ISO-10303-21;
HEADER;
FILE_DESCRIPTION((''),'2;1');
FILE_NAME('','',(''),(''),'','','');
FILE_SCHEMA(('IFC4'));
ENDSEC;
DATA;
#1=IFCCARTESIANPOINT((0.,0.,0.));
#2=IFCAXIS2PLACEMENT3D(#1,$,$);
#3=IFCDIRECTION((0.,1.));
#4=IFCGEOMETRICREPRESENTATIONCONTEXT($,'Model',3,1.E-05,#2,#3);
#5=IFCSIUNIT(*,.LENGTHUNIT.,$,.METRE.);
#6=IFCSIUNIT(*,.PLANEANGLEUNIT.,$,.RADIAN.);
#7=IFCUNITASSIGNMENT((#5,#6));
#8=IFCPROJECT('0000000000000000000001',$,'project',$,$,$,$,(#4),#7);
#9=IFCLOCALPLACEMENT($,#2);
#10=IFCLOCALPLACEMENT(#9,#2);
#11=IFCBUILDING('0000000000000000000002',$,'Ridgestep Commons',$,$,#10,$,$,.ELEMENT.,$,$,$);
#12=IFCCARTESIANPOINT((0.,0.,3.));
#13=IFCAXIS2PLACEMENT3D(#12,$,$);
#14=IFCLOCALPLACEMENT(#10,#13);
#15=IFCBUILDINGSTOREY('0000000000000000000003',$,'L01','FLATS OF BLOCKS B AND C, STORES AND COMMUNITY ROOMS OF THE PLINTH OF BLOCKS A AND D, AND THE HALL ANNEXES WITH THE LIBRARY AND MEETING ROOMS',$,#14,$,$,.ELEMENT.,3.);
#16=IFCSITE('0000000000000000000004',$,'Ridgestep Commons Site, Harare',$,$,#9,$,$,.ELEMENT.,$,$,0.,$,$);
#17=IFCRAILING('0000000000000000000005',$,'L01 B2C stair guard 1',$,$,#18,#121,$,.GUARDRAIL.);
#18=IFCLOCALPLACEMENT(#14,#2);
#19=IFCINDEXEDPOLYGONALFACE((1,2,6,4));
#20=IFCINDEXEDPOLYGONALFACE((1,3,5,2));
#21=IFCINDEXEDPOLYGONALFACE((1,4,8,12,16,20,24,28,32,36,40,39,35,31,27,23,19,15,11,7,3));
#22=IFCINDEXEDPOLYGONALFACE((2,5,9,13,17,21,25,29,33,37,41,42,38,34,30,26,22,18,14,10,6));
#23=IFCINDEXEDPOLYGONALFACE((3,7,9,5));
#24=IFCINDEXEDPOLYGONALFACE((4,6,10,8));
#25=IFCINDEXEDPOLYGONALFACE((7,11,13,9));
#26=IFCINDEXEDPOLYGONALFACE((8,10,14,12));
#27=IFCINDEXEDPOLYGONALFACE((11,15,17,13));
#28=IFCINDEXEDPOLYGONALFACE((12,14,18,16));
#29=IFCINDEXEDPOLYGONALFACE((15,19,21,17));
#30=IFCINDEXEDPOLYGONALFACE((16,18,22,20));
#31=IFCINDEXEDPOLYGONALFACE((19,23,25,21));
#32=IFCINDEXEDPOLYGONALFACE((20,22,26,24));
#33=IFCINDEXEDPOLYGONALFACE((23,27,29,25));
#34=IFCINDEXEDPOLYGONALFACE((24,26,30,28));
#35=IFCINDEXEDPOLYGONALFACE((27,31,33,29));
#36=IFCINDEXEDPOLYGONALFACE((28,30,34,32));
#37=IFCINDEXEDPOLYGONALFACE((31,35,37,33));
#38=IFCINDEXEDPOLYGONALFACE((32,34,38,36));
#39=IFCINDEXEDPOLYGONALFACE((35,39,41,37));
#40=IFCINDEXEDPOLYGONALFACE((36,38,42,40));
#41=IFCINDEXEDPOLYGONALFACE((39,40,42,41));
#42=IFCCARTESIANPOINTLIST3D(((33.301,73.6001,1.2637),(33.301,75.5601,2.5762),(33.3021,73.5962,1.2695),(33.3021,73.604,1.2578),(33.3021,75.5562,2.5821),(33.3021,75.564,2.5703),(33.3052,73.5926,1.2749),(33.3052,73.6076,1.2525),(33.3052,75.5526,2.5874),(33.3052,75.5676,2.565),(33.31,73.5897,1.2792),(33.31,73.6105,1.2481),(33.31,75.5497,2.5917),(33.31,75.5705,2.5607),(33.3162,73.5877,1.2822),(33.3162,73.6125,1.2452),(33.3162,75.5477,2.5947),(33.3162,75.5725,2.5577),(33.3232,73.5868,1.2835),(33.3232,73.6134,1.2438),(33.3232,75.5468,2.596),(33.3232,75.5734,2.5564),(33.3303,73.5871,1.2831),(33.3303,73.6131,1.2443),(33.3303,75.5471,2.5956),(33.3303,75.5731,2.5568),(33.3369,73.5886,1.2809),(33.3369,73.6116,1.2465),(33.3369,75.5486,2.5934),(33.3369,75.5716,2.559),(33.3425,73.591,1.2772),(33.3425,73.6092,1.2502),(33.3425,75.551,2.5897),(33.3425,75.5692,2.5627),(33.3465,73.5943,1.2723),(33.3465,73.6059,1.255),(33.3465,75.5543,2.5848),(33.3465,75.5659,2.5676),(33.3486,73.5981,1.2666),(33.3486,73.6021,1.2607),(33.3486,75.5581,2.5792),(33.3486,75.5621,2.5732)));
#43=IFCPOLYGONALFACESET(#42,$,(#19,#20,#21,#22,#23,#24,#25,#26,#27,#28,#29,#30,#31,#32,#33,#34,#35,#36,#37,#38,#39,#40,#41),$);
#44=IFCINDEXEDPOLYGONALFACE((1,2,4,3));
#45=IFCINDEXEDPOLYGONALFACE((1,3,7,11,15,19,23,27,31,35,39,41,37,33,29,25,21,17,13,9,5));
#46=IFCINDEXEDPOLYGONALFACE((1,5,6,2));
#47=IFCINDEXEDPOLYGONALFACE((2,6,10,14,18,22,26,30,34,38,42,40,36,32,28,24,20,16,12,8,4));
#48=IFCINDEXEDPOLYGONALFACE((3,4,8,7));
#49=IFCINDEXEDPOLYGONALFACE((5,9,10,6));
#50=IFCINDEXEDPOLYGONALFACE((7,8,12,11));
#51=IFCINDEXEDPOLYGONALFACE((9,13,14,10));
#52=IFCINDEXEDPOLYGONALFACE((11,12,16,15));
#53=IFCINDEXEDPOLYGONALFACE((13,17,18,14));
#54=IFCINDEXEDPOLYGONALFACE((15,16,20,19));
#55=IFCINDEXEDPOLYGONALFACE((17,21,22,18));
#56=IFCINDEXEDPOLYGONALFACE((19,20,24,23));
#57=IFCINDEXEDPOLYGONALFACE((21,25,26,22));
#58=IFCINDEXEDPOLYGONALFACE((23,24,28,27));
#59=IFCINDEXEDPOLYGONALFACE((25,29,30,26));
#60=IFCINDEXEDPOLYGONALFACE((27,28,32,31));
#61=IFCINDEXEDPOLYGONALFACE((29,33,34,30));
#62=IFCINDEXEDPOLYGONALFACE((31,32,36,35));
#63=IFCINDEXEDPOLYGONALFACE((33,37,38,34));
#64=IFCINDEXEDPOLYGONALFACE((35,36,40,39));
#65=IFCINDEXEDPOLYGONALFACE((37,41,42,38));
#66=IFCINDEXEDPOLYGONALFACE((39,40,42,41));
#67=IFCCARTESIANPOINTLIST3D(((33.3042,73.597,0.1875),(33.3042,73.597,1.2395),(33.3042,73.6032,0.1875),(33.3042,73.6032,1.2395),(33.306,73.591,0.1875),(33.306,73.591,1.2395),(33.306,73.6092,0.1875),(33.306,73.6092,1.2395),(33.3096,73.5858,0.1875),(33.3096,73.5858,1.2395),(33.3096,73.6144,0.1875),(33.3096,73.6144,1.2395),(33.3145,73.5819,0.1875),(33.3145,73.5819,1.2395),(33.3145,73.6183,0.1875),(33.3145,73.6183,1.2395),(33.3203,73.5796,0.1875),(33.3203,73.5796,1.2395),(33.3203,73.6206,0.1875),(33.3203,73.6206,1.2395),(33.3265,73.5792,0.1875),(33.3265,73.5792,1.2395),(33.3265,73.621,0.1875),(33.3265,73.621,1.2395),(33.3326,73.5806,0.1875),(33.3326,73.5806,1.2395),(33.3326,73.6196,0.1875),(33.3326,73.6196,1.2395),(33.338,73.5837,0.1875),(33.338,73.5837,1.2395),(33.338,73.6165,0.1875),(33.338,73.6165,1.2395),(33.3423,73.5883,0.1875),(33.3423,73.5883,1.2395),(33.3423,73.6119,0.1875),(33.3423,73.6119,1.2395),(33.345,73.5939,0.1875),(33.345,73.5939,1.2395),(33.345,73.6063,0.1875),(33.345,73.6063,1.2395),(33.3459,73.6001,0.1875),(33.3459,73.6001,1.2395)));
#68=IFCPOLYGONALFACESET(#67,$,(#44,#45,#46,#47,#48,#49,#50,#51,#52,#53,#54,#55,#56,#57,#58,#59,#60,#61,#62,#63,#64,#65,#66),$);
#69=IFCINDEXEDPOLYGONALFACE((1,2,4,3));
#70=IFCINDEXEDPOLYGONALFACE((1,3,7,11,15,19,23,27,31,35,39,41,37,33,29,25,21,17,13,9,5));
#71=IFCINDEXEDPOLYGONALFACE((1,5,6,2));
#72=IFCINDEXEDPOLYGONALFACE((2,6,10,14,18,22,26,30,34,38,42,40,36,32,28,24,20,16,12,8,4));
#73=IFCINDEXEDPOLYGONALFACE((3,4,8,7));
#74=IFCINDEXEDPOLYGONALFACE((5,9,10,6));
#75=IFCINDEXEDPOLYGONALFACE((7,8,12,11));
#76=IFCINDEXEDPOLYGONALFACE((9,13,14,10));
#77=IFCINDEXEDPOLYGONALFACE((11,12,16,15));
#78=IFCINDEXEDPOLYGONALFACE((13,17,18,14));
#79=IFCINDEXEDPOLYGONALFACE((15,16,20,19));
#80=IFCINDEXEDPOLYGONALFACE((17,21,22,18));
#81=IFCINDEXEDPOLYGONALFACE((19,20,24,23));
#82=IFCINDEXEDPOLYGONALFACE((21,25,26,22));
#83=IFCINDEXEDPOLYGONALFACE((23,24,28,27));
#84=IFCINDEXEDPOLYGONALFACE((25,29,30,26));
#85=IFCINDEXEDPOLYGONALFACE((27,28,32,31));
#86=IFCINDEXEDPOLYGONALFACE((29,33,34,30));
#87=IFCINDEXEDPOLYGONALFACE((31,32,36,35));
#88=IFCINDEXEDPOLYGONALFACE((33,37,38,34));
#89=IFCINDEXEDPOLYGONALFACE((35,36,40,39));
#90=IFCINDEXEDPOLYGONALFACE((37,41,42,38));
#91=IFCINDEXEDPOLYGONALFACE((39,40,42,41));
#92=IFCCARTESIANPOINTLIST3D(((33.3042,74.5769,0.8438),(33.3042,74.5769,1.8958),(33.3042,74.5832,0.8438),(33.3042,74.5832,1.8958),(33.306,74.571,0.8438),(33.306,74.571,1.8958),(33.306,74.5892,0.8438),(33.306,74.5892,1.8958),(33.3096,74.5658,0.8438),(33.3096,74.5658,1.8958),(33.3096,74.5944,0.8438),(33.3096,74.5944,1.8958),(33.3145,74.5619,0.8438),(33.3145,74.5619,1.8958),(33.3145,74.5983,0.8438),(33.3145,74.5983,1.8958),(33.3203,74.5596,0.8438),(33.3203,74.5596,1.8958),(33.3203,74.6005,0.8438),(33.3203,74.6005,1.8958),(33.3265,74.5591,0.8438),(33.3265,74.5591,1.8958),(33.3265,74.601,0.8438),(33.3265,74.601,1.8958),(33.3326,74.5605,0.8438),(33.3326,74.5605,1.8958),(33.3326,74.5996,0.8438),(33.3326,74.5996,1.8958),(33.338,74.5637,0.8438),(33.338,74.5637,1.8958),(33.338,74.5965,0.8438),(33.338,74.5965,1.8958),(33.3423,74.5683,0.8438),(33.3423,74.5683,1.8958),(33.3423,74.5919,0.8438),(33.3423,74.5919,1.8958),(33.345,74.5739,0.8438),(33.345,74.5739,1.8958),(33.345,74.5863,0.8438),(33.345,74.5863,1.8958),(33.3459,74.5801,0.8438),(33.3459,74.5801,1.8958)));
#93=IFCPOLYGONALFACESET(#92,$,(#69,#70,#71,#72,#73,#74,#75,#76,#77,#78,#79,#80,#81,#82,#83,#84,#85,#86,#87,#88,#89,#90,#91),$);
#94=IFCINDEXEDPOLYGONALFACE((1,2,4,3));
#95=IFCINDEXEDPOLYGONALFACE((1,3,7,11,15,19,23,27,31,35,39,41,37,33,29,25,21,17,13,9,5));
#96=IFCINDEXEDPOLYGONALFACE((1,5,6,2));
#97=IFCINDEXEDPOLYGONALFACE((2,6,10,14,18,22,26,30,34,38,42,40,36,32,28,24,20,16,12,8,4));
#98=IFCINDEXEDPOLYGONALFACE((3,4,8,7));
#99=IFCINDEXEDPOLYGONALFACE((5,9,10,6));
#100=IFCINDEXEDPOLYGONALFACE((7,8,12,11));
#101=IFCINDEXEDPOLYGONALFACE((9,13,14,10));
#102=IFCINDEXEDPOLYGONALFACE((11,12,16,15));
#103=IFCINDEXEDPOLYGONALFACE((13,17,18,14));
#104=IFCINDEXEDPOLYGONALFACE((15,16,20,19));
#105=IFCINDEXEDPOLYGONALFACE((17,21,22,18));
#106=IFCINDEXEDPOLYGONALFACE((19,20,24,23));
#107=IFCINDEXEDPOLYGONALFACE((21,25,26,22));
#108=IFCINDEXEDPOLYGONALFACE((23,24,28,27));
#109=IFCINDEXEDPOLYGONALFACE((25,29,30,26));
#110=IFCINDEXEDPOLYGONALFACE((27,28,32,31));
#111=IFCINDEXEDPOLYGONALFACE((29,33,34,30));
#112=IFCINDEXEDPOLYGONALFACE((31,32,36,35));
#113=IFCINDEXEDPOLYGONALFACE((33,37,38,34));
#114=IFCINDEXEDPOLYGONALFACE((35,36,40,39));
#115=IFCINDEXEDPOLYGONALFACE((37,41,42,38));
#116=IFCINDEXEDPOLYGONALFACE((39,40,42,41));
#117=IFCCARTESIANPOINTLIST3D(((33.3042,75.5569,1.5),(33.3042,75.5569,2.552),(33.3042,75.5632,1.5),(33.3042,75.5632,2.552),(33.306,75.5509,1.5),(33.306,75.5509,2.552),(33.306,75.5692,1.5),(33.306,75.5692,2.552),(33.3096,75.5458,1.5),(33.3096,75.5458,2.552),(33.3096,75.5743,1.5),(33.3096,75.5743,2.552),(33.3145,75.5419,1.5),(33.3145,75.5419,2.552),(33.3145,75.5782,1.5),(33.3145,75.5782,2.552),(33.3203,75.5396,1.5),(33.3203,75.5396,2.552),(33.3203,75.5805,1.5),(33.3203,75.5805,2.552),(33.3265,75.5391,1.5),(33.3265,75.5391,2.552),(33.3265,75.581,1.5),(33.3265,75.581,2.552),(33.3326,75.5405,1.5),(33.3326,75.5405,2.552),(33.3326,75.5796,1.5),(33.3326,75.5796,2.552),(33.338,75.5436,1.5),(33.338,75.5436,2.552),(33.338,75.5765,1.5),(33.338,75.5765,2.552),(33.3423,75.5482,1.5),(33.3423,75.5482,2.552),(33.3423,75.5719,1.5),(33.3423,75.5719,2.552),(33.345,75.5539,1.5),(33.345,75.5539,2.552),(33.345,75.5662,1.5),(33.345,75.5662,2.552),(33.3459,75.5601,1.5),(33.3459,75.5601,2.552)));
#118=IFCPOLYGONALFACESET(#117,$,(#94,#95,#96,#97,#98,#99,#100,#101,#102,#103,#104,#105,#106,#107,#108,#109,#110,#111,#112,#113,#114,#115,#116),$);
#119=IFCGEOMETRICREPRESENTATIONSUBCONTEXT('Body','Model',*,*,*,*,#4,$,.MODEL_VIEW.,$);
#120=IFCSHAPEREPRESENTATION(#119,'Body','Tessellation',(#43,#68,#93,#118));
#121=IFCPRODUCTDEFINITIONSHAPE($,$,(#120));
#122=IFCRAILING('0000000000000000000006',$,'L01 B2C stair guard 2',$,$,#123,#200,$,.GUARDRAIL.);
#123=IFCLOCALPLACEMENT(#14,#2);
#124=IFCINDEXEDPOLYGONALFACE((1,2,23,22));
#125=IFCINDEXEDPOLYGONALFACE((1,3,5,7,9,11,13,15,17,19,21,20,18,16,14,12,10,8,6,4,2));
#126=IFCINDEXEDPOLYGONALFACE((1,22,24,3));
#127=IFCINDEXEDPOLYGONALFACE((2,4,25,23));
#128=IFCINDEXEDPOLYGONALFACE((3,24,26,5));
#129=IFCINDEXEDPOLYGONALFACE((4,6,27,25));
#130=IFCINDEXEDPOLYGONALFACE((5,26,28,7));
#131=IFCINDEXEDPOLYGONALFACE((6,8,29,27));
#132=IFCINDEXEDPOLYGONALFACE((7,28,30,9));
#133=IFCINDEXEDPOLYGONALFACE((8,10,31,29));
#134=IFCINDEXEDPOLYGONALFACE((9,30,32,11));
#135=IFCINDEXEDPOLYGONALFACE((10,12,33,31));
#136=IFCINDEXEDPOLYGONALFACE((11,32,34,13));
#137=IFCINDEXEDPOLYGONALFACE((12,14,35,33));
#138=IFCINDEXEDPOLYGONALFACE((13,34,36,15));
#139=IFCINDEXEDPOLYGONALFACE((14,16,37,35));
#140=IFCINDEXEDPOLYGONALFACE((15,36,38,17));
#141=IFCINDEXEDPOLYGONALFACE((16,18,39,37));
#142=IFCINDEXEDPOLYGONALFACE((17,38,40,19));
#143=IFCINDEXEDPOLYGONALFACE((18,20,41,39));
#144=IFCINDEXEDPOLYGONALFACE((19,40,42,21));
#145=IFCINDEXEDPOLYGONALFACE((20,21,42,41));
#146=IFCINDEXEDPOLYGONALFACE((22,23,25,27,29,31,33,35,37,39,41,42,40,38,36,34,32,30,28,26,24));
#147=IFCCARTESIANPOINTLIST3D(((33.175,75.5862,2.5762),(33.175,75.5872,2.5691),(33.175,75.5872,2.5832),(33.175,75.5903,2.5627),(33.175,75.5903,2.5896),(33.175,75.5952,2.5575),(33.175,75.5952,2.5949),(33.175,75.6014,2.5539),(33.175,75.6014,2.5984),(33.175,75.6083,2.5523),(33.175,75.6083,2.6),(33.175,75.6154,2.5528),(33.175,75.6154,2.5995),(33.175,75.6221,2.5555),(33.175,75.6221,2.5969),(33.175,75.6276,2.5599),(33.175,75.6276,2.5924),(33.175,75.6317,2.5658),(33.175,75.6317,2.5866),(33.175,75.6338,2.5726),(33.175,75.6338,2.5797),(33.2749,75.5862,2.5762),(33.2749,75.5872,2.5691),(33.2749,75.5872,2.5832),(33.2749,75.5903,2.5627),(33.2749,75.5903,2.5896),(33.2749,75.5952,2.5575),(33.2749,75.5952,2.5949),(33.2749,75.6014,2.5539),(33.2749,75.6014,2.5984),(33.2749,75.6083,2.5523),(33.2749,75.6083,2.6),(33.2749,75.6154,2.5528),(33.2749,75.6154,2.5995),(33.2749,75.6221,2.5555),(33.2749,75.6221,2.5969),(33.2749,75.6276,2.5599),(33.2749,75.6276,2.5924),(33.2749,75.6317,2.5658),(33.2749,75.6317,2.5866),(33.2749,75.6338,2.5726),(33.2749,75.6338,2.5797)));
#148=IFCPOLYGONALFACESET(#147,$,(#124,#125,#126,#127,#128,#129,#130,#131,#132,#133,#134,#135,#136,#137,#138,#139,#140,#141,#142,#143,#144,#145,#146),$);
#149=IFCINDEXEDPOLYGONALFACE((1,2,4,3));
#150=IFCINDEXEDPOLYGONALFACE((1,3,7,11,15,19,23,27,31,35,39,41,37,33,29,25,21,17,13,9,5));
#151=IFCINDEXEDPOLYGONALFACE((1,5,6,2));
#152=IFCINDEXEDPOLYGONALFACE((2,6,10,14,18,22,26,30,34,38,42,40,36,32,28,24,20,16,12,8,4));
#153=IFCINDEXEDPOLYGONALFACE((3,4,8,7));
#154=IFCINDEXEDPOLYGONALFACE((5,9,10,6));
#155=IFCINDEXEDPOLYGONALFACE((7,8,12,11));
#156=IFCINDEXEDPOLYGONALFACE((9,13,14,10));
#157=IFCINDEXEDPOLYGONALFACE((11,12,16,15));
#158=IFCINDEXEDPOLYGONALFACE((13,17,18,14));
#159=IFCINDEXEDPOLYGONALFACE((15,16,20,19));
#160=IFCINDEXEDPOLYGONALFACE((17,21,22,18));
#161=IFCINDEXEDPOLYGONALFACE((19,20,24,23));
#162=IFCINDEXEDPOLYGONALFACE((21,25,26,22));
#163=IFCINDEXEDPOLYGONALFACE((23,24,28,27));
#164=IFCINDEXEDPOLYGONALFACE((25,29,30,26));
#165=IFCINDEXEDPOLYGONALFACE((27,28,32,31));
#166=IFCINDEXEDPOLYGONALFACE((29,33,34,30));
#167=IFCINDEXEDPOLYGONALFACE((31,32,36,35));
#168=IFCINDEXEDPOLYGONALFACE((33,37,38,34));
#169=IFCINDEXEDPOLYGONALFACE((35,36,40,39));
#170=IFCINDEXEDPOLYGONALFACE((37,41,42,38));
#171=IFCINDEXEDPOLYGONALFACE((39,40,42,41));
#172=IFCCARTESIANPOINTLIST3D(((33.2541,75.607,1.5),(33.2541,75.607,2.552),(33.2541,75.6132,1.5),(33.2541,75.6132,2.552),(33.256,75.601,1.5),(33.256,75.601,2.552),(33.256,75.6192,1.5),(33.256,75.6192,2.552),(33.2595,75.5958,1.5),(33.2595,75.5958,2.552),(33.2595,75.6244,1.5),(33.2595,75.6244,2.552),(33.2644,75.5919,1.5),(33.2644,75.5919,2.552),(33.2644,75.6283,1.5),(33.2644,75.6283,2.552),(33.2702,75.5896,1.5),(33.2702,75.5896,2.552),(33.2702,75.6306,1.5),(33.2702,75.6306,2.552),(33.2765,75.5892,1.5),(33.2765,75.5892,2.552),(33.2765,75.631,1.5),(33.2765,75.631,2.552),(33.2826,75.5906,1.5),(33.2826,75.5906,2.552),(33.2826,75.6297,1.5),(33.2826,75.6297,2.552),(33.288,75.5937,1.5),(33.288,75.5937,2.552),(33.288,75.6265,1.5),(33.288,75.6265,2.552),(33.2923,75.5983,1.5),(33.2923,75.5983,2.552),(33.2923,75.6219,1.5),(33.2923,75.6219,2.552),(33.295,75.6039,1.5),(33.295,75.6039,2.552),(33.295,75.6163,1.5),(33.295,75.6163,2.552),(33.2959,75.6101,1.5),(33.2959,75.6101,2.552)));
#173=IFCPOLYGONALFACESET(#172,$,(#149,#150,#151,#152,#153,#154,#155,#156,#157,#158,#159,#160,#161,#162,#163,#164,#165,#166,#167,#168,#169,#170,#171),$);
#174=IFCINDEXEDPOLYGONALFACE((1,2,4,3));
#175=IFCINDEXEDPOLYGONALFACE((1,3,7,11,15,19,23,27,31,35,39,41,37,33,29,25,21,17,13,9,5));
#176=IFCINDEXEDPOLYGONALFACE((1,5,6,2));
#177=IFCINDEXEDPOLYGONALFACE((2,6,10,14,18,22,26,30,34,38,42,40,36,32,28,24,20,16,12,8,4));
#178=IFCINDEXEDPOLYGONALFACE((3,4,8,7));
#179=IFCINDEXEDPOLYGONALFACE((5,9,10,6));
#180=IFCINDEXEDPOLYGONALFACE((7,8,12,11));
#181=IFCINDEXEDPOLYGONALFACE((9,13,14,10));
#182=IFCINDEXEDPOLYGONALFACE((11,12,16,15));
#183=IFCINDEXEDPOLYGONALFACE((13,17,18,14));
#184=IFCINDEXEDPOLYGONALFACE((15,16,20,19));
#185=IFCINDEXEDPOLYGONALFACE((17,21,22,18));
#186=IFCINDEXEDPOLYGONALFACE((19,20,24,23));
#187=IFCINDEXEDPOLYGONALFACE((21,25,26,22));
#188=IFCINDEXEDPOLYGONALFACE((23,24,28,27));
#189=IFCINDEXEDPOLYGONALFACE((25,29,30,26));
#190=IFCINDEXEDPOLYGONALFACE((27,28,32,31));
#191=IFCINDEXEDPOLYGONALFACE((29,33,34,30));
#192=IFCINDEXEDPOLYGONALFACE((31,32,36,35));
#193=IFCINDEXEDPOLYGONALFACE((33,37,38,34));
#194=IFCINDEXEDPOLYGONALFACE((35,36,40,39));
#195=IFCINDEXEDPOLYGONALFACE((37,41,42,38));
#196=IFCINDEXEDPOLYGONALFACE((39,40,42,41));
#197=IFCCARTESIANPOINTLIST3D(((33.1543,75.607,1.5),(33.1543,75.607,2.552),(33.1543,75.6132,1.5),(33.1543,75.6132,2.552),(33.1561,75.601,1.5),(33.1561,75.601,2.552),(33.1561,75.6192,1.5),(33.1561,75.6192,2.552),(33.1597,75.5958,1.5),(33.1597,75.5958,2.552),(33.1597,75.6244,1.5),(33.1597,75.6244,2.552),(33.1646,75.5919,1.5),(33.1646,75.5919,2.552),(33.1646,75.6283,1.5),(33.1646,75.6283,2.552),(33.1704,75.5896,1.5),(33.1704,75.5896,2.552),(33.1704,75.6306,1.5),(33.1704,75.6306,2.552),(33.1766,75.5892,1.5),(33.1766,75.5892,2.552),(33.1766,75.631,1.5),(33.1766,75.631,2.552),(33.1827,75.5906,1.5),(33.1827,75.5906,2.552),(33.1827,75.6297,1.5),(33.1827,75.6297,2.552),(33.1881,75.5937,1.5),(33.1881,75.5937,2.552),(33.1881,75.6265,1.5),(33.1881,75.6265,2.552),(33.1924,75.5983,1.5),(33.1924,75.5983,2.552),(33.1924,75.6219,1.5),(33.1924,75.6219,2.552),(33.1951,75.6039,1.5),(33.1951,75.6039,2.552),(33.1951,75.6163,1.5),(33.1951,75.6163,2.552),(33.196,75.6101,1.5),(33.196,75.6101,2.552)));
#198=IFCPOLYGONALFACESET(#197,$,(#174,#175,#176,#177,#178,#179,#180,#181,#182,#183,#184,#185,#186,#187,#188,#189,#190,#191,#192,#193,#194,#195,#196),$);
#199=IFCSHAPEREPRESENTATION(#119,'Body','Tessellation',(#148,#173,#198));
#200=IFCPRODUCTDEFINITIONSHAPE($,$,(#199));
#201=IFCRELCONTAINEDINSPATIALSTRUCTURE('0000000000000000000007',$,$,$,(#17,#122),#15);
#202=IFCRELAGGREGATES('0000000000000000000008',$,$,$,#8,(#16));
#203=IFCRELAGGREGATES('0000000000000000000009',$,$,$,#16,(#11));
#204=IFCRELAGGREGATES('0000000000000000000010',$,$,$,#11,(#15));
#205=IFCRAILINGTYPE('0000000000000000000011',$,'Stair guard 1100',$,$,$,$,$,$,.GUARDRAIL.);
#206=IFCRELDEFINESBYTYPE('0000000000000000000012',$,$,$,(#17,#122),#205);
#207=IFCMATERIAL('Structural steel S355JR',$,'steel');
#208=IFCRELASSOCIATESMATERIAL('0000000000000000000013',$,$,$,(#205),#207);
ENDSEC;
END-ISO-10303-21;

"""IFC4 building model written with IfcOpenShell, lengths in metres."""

from ifc_helpers import new_model, si_unit, direction, frame, origin, origin_2d, place, context, subcontext, project, spatial, circle, extrude, material, type_object, element, save


model = new_model("IFC4")

# Units and contexts
model_context = context("Model", 3, precision=1e-05, world=origin(), true_north=direction((0.0, 1.0)))
body_context = subcontext(model_context, "Body", "Model", "MODEL_VIEW")
ifc_project = project(units=[si_unit("LENGTHUNIT", "METRE"), si_unit("PLANEANGLEUNIT", "RADIAN")], contexts=[model_context])

# Site, building, storey
site_placement = place(None, origin())
site = spatial("IfcSite", under=ifc_project, at=site_placement, Name="Ridgestep Commons Site, Harare", CompositionType="ELEMENT", RefElevation=0.0)
building_placement = place(site_placement, origin())
building = spatial("IfcBuilding", under=site, at=building_placement, Name="Ridgestep Commons", CompositionType="ELEMENT")
storey_placement = place(building_placement, frame((0.0, 0.0, 3.0)))
storey = spatial("IfcBuildingStorey", under=building, at=storey_placement, Name="L01", Description="FLATS OF BLOCKS B AND C, STORES AND COMMUNITY ROOMS OF THE PLINTH OF BLOCKS A AND D, AND THE HALL ANNEXES WITH THE LIBRARY AND MEETING ROOMS", CompositionType="ELEMENT", Elevation=3.0)

# Railings
ifc_material_1 = material(Name="Structural steel S355JR", Category="steel")
railing_type_1 = type_object("IfcRailingType", Name="Stair guard 1100", PredefinedType="GUARDRAIL", material=ifc_material_1)
railing_1_placement = place(storey_placement, frame((33.325, 73.6001, 0.1875)))
element("IfcRailing", 1, at=railing_1_placement, inside=storey, type_object=railing_type_1, Name="L01 B2C stair guard 1", PredefinedType="GUARDRAIL", context=body_context, shape_type="SweptSolid", body=[
    extrude(circle(Radius=0.0239, at=origin_2d()), frame((0.0, 0.0, 1.0762), z_axis=(0.0, 0.830902, 0.556419), x_axis=(-1.0, 0.0, 0.0)), (0.0, 0.0, 1.0), 2.3589),
    extrude(circle(Radius=0.021, at=origin_2d()), origin(), (0.0, 0.0, 1.0), 1.052),
    extrude(circle(Radius=0.021, at=origin_2d()), frame((0.0, 0.98, 0.6562)), (0.0, 0.0, 1.0), 1.052),
    extrude(circle(Radius=0.021, at=origin_2d()), frame((0.0, 1.96, 1.3125)), (0.0, 0.0, 1.0), 1.052),
])
railing_2_placement = place(storey_placement, frame((33.2749, 75.6101, 1.5)))
element("IfcRailing", 2, at=railing_2_placement, inside=storey, type_object=railing_type_1, Name="L01 B2C stair guard 2", PredefinedType="GUARDRAIL", context=body_context, shape_type="SweptSolid", body=[
    extrude(circle(Radius=0.0239, at=origin_2d()), frame((0.0, 0.0, 1.0762), z_axis=(-1.0, 0.0, 0.0), x_axis=(0.0, -1.0, 0.0)), (0.0, 0.0, 1.0), 0.0999),
    extrude(circle(Radius=0.021, at=origin_2d()), origin(), (0.0, 0.0, 1.0), 1.052),
    extrude(circle(Radius=0.021, at=origin_2d()), frame((-0.0999, 0.0, 0.0)), (0.0, 0.0, 1.0), 1.052),
])

save(model, "model.ifc")
